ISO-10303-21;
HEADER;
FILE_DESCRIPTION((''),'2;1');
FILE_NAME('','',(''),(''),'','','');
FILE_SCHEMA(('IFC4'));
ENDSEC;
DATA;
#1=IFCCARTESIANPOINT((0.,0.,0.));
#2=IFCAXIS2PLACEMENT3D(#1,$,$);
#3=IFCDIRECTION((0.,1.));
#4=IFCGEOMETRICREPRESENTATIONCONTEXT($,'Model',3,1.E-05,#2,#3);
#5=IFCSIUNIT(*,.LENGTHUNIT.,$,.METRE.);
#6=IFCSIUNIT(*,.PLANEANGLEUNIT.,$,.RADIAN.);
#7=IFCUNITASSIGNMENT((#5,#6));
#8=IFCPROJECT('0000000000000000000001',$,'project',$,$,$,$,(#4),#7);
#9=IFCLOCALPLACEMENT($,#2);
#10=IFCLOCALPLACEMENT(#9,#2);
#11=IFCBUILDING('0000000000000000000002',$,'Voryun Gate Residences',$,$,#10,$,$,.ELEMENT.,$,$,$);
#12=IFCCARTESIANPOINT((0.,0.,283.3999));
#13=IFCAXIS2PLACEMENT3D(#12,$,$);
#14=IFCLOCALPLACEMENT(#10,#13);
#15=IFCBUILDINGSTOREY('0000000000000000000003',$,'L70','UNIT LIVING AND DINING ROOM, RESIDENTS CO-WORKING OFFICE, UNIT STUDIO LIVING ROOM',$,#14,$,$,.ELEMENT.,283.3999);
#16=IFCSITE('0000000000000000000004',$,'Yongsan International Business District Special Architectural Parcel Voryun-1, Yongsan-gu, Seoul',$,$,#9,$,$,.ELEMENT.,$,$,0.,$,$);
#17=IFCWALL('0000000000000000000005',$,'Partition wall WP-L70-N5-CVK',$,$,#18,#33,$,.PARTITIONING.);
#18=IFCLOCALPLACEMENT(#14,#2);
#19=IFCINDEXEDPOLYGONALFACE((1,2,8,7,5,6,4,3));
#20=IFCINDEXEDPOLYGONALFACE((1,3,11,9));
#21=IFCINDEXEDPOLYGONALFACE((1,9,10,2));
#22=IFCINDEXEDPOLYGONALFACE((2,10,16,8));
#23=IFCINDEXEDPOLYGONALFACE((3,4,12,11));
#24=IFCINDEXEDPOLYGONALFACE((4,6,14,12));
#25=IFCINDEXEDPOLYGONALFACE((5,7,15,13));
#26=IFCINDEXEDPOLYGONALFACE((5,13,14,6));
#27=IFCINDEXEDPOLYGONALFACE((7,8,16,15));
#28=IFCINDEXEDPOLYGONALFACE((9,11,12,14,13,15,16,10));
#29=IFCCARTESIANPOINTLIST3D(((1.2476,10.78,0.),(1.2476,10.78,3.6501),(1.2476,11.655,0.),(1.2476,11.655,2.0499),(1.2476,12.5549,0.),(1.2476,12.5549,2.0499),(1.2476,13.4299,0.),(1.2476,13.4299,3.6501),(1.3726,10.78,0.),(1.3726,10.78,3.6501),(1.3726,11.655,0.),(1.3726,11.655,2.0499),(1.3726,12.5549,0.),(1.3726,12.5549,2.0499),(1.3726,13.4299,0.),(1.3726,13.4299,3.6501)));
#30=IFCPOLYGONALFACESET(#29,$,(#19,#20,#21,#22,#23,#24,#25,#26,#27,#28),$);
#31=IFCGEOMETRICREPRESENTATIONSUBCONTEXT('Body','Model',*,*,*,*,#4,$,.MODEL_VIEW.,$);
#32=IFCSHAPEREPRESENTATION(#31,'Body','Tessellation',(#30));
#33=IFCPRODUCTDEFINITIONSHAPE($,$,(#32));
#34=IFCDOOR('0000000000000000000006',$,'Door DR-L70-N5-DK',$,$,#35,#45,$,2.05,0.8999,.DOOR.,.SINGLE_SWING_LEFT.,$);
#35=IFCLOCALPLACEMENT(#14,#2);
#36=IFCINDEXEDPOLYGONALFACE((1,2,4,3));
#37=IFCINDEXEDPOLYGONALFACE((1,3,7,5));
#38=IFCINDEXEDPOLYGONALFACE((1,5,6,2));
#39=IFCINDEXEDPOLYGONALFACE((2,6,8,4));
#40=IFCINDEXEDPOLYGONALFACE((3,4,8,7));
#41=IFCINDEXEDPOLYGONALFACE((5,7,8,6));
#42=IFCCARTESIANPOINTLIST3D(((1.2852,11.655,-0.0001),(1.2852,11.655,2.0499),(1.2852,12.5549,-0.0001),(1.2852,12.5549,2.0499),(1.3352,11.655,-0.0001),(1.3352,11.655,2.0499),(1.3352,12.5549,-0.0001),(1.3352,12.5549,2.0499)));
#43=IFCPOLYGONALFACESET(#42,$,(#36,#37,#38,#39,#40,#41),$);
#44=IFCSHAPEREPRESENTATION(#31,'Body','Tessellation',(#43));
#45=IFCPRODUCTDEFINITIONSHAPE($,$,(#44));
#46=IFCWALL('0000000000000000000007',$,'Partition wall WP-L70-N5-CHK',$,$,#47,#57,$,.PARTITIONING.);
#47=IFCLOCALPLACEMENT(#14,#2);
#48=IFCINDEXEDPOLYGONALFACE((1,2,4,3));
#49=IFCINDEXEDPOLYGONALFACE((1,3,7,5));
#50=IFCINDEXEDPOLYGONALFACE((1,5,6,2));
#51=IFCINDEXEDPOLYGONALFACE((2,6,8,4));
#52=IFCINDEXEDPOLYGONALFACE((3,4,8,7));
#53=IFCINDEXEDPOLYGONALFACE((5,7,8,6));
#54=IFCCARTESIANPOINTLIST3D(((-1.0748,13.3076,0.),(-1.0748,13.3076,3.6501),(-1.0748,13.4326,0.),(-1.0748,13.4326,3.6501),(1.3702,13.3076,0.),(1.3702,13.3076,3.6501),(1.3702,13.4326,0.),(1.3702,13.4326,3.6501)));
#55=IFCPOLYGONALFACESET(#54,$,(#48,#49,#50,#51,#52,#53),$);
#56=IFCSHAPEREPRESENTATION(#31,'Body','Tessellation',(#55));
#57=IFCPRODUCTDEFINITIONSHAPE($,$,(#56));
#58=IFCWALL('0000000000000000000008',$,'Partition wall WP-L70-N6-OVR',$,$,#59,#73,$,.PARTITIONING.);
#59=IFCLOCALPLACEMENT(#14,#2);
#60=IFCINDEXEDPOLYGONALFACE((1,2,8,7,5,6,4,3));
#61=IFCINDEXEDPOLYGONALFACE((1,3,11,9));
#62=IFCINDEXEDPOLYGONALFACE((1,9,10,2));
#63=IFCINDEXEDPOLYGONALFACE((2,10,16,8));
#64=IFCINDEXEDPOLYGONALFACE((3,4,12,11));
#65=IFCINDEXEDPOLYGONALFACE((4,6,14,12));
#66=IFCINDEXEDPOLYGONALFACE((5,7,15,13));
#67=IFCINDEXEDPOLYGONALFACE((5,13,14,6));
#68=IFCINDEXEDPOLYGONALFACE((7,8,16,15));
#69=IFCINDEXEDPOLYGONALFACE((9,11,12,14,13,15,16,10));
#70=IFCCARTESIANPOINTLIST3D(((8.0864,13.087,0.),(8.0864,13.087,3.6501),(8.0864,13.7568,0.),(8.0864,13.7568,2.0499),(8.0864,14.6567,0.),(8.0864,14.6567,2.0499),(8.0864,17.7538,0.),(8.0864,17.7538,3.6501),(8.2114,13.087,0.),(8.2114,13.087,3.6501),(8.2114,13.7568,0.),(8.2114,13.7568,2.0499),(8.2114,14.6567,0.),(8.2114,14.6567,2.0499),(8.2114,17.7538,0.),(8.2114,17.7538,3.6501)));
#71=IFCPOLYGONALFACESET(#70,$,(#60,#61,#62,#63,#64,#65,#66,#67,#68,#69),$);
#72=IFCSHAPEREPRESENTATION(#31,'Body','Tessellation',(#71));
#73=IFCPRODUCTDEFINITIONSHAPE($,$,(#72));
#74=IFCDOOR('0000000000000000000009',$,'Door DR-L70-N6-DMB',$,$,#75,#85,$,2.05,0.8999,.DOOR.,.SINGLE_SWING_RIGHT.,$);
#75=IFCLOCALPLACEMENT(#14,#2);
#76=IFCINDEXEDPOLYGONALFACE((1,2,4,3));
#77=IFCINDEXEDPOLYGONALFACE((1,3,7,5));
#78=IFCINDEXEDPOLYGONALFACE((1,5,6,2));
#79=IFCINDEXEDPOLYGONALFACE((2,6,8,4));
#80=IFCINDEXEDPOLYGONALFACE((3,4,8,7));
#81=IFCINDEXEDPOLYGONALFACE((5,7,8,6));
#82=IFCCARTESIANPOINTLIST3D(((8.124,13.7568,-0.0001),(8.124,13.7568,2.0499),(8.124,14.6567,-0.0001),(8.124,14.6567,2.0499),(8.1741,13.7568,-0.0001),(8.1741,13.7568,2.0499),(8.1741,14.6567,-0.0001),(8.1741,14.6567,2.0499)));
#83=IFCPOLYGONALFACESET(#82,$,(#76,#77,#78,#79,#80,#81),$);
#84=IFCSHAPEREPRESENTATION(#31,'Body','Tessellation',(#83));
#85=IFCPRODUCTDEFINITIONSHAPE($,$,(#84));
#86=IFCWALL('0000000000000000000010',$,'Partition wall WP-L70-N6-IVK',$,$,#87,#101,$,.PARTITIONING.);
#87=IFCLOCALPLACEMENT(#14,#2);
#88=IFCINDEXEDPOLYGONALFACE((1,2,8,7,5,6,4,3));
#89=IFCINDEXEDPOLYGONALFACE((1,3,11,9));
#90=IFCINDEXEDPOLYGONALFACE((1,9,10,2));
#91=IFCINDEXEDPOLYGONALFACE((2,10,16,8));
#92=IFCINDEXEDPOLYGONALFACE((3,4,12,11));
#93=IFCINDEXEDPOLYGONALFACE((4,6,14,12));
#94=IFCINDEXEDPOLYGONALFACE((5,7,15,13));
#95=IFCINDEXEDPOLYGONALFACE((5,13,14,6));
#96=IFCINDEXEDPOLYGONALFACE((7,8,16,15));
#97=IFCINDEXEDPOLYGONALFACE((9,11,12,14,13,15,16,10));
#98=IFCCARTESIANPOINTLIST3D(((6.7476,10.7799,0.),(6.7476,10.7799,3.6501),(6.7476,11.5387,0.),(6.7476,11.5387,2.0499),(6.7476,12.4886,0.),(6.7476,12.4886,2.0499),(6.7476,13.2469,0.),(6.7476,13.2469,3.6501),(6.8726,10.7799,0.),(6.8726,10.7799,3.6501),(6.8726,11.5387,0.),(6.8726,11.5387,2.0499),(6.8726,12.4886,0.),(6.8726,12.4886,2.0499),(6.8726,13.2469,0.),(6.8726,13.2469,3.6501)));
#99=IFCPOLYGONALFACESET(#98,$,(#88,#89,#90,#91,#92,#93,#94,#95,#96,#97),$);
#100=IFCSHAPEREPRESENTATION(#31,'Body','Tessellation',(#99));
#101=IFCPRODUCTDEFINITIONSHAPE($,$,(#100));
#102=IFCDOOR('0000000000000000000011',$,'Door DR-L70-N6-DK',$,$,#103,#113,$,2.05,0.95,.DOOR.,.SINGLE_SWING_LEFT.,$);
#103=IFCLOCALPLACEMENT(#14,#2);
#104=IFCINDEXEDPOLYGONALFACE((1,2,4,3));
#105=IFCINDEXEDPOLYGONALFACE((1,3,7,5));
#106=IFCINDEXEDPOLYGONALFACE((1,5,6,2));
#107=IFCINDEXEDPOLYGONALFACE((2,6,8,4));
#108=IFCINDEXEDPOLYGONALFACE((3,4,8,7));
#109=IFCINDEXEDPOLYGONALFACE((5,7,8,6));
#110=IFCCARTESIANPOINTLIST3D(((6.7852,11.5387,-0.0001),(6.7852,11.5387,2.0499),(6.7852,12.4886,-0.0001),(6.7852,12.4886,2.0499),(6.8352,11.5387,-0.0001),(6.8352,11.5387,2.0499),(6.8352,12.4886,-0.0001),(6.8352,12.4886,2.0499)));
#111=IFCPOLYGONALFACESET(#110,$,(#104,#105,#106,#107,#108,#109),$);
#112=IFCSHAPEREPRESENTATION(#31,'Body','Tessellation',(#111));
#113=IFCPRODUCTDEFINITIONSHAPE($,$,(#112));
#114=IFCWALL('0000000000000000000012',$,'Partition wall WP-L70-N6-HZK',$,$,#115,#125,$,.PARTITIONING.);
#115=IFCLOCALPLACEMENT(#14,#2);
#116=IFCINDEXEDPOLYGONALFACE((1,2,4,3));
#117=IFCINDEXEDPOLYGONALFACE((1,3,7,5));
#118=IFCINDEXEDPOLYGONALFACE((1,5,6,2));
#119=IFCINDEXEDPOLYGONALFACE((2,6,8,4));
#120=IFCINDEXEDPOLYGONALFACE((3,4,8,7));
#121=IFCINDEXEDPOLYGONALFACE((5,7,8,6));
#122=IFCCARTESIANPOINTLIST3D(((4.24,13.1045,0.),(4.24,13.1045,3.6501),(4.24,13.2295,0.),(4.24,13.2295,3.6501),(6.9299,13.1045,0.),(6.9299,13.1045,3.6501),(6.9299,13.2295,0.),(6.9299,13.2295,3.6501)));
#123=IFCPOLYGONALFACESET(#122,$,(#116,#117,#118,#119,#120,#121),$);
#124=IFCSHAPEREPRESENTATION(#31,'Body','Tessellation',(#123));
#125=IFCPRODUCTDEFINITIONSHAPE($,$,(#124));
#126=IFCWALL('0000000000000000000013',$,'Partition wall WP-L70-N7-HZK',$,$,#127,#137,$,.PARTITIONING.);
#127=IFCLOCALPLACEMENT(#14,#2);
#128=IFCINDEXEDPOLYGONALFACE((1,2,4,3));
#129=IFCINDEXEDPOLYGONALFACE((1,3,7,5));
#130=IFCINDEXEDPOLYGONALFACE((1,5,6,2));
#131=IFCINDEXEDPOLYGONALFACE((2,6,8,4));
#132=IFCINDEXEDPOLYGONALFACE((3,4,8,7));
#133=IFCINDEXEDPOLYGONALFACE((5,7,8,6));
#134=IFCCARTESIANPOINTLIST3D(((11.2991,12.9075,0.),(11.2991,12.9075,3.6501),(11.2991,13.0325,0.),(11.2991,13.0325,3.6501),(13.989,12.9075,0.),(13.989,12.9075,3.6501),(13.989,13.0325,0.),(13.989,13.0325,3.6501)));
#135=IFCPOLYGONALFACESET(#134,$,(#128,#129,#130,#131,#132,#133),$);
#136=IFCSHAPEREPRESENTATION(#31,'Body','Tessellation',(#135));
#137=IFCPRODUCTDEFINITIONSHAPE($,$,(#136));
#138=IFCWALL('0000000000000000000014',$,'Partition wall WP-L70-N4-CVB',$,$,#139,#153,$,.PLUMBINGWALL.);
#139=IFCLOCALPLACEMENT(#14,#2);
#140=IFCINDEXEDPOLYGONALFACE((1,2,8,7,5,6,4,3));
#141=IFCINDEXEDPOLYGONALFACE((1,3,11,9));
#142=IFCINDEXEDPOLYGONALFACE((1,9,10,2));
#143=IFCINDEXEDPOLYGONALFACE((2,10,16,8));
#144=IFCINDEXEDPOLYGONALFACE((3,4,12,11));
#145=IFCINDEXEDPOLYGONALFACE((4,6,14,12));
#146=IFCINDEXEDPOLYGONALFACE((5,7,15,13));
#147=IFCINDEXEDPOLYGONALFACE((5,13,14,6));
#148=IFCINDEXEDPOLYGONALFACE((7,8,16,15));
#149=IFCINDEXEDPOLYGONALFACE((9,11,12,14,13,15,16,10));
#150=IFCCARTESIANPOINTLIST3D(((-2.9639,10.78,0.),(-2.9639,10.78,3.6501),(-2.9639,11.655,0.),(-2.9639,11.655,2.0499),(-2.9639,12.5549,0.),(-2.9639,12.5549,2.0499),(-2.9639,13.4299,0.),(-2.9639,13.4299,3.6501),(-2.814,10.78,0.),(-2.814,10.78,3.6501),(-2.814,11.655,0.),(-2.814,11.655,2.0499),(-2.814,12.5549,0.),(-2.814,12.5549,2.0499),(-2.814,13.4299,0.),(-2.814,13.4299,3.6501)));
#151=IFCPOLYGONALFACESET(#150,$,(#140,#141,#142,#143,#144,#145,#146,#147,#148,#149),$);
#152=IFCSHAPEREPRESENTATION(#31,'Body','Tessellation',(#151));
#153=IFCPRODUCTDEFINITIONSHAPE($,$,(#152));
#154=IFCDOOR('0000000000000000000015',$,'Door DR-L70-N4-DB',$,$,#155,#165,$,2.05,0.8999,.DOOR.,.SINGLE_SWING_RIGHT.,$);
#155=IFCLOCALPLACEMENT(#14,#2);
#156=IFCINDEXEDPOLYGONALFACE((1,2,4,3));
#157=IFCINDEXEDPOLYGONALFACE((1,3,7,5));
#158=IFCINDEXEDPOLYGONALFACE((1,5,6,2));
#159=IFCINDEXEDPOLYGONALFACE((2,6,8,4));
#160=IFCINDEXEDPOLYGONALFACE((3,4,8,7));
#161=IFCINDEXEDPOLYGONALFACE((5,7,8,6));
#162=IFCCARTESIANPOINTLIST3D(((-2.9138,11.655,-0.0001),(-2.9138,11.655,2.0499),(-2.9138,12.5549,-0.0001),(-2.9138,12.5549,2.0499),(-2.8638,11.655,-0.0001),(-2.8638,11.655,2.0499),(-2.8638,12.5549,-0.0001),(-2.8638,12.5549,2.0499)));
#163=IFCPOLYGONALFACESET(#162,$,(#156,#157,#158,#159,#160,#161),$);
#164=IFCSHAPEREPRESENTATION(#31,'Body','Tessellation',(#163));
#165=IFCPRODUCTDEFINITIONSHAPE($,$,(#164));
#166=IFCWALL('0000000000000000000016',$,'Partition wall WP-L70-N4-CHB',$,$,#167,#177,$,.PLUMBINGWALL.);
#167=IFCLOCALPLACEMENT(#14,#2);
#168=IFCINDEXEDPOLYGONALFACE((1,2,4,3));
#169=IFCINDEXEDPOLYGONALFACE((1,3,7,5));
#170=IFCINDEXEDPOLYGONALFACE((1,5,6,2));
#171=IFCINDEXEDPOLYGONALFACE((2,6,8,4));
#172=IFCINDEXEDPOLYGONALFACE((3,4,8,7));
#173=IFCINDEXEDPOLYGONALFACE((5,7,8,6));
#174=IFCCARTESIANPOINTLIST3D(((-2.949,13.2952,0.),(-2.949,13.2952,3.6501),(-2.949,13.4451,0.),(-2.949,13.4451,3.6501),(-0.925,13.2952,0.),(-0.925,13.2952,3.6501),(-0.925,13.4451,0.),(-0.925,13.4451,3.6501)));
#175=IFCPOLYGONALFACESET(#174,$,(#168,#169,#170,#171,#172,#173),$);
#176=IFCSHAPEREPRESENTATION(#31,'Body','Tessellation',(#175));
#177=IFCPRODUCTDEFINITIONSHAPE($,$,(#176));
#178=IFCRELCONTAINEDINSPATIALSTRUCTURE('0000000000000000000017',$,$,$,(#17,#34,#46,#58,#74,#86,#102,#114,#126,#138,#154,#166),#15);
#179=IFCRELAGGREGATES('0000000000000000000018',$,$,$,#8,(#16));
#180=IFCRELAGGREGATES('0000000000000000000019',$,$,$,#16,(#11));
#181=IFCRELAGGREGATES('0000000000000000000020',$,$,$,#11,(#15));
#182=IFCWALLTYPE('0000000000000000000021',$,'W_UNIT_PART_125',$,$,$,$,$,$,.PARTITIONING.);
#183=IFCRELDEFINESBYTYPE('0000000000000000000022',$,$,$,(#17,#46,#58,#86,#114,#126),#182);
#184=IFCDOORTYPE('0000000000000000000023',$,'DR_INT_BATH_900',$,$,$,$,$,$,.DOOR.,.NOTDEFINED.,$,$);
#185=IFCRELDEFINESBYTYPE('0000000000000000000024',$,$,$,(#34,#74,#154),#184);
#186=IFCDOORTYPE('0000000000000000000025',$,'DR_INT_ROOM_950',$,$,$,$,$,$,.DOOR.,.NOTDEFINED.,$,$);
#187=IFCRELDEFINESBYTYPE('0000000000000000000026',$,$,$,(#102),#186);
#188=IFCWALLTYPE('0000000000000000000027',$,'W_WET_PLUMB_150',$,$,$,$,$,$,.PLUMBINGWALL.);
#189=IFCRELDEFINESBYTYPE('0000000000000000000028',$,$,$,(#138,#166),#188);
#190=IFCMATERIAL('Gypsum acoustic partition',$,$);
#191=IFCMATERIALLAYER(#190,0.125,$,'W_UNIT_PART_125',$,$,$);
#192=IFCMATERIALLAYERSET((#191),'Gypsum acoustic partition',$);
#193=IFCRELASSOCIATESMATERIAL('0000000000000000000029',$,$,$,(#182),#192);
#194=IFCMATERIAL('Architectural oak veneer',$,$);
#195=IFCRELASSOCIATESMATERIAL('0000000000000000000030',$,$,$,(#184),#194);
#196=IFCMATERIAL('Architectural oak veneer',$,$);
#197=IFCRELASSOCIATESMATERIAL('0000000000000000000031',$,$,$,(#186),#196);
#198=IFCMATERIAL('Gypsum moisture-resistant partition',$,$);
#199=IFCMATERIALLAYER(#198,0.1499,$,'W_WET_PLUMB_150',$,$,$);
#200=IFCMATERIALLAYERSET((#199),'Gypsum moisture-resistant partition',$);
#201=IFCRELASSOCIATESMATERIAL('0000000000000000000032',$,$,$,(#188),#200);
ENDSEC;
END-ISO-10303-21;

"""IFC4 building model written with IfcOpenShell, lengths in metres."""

from ifc_helpers import new_model, si_unit, direction, frame, frame_2d, origin, place, context, subcontext, project, spatial, rectangle, extrude, material, layer, layer_set, type_object, element, fill, save


model = new_model("IFC4")

# Units and contexts
model_context = context("Model", 3, precision=1e-05, world=origin(), true_north=direction((0.0, 1.0)))
body_context = subcontext(model_context, "Body", "Model", "MODEL_VIEW")
ifc_project = project(units=[si_unit("LENGTHUNIT", "METRE"), si_unit("PLANEANGLEUNIT", "RADIAN")], contexts=[model_context])

# Site, building, storey
site_placement = place(None, origin())
site = spatial("IfcSite", under=ifc_project, at=site_placement, Name="Yongsan International Business District Special Architectural Parcel Voryun-1, Yongsan-gu, Seoul", CompositionType="ELEMENT", RefElevation=0.0)
building_placement = place(site_placement, origin())
building = spatial("IfcBuilding", under=site, at=building_placement, Name="Voryun Gate Residences", CompositionType="ELEMENT")
storey_placement = place(building_placement, frame((0.0, 0.0, 283.3999)))
storey = spatial("IfcBuildingStorey", under=building, at=storey_placement, Name="L70", Description="UNIT LIVING AND DINING ROOM, RESIDENTS CO-WORKING OFFICE, UNIT STUDIO LIVING ROOM", CompositionType="ELEMENT", Elevation=283.3999)

# Wall, opening, door
ifc_material_1 = material(Name="Gypsum acoustic partition")
ifc_layer_1 = layer(ifc_material_1, 0.125, Name="W_UNIT_PART_125")
ifc_layer_set_1 = layer_set([ifc_layer_1], Name="Gypsum acoustic partition")
wall_type_1 = type_object("IfcWallType", Name="W_UNIT_PART_125", PredefinedType="PARTITIONING", material=ifc_layer_set_1)
wall_1_placement = place(storey_placement, frame((1.3101, 10.78, 0.0), z_axis=(0.0, 0.0, 1.0), x_axis=(0.0, 1.0, 0.0)))
wall_1 = element("IfcWall", 1, at=wall_1_placement, inside=storey, type_object=wall_type_1, Name="Partition wall WP-L70-N5-CVK", PredefinedType="PARTITIONING", context=body_context, shape_type="SweptSolid", body=[
    extrude(rectangle(XDim=2.6499, YDim=0.125, at=frame_2d((1.325, 0.0))), origin(), (0.0, 0.0, 1.0), 3.6501),
])
opening_1_placement = place(wall_1_placement, frame((0.875, 0.0, 0.0)))
opening_1 = element("IfcOpeningElement", 2, at=opening_1_placement, cuts=wall_1, PredefinedType="OPENING", context=body_context, shape_type="SweptSolid", body=[
    extrude(rectangle(XDim=0.8999, YDim=2.05, at=frame_2d((0.45, 1.0249))), frame((0.0, 0.0725, 0.0), z_axis=(0.0, -1.0, 0.0), x_axis=(1.0, 0.0, 0.0)), (0.0, 0.0, 1.0), 0.145),
])
ifc_material_2 = material(Name="Architectural oak veneer")
door_type_1 = type_object("IfcDoorType", Name="DR_INT_BATH_900", OperationType="NOTDEFINED", PredefinedType="DOOR", material=ifc_material_2)
door_1_placement = place(opening_1_placement, origin())
door_1 = element("IfcDoor", 3, at=door_1_placement, inside=storey, type_object=door_type_1, Name="Door DR-L70-N5-DK", OperationType="SINGLE_SWING_LEFT", OverallHeight=2.05, OverallWidth=0.8999, PredefinedType="DOOR", context=body_context, shape_type="SweptSolid", body=[
    extrude(rectangle(XDim=0.8999, YDim=2.05, at=frame_2d((0.45, 1.0249))), frame((0.0, 0.0249, 0.0), z_axis=(0.0, -1.0, 0.0), x_axis=(1.0, 0.0, 0.0)), (0.0, 0.0, 1.0), 0.05),
])
fill(opening_1, door_1)

# Wall
wall_2_placement = place(storey_placement, frame((-1.075, 13.3701, 0.0), z_axis=(0.0, 0.0, 1.0), x_axis=(1.0, 0.0, 0.0)))
element("IfcWall", 4, at=wall_2_placement, inside=storey, type_object=wall_type_1, Name="Partition wall WP-L70-N5-CHK", PredefinedType="PARTITIONING", context=body_context, shape_type="SweptSolid", body=[
    extrude(rectangle(XDim=2.4451, YDim=0.125, at=frame_2d((1.2227, 0.0))), origin(), (0.0, 0.0, 1.0), 3.6501),
])

# Walls, openings, doors
wall_3_placement = place(storey_placement, frame((8.1489, 13.0869, 0.0), z_axis=(0.0, 0.0, 1.0), x_axis=(0.0, 1.0, 0.0)))
wall_3 = element("IfcWall", 5, at=wall_3_placement, inside=storey, type_object=wall_type_1, Name="Partition wall WP-L70-N6-OVR", PredefinedType="PARTITIONING", context=body_context, shape_type="SweptSolid", body=[
    extrude(rectangle(XDim=4.6667, YDim=0.125, at=frame_2d((2.3335, 0.0))), origin(), (0.0, 0.0, 1.0), 3.6501),
])
opening_2_placement = place(wall_3_placement, frame((0.6699, 0.0, 0.0)))
opening_2 = element("IfcOpeningElement", 6, at=opening_2_placement, cuts=wall_3, PredefinedType="OPENING", context=body_context, shape_type="SweptSolid", body=[
    extrude(rectangle(XDim=0.8999, YDim=2.05, at=frame_2d((0.45, 1.0249))), frame((0.0, 0.0725, 0.0), z_axis=(0.0, -1.0, 0.0), x_axis=(1.0, 0.0, 0.0)), (0.0, 0.0, 1.0), 0.145),
])
door_2_placement = place(opening_2_placement, origin())
door_2 = element("IfcDoor", 7, at=door_2_placement, inside=storey, type_object=door_type_1, Name="Door DR-L70-N6-DMB", OperationType="SINGLE_SWING_RIGHT", OverallHeight=2.05, OverallWidth=0.8999, PredefinedType="DOOR", context=body_context, shape_type="SweptSolid", body=[
    extrude(rectangle(XDim=0.8999, YDim=2.05, at=frame_2d((0.45, 1.0249))), frame((0.0, 0.0249, 0.0), z_axis=(0.0, -1.0, 0.0), x_axis=(1.0, 0.0, 0.0)), (0.0, 0.0, 1.0), 0.05),
])
fill(opening_2, door_2)
wall_4_placement = place(storey_placement, frame((6.8101, 10.78, 0.0), z_axis=(0.0, 0.0, 1.0), x_axis=(0.0, 1.0, 0.0)))
wall_4 = element("IfcWall", 8, at=wall_4_placement, inside=storey, type_object=wall_type_1, Name="Partition wall WP-L70-N6-IVK", PredefinedType="PARTITIONING", context=body_context, shape_type="SweptSolid", body=[
    extrude(rectangle(XDim=2.467, YDim=0.125, at=frame_2d((1.2334, 0.0))), origin(), (0.0, 0.0, 1.0), 3.6501),
])
opening_3_placement = place(wall_4_placement, frame((0.7585, 0.0, 0.0)))
opening_3 = element("IfcOpeningElement", 9, at=opening_3_placement, cuts=wall_4, PredefinedType="OPENING", context=body_context, shape_type="SweptSolid", body=[
    extrude(rectangle(XDim=0.95, YDim=2.05, at=frame_2d((0.4751, 1.0249))), frame((0.0, 0.0725, 0.0), z_axis=(0.0, -1.0, 0.0), x_axis=(1.0, 0.0, 0.0)), (0.0, 0.0, 1.0), 0.145),
])
ifc_material_3 = material(Name="Architectural oak veneer")
door_type_2 = type_object("IfcDoorType", Name="DR_INT_ROOM_950", OperationType="NOTDEFINED", PredefinedType="DOOR", material=ifc_material_3)
door_3_placement = place(opening_3_placement, origin())
door_3 = element("IfcDoor", 10, at=door_3_placement, inside=storey, type_object=door_type_2, Name="Door DR-L70-N6-DK", OperationType="SINGLE_SWING_LEFT", OverallHeight=2.05, OverallWidth=0.95, PredefinedType="DOOR", context=body_context, shape_type="SweptSolid", body=[
    extrude(rectangle(XDim=0.95, YDim=2.05, at=frame_2d((0.4751, 1.0249))), frame((0.0, 0.0249, 0.0), z_axis=(0.0, -1.0, 0.0), x_axis=(1.0, 0.0, 0.0)), (0.0, 0.0, 1.0), 0.05),
])
fill(opening_3, door_3)

# Walls
for number, where, z_axis, x_axis, name in (
    (11, (4.24, 13.167, 0.0), (0.0, 0.0, 1.0), (1.0, 0.0, 0.0), "Partition wall WP-L70-N6-HZK"),
    (12, (11.2991, 12.97, 0.0), (0.0, 0.0, 1.0), (1.0, 0.0, 0.0), "Partition wall WP-L70-N7-HZK"),
):
    element("IfcWall", number, at=place(storey_placement, frame(where, z_axis=z_axis, x_axis=x_axis)), inside=storey, type_object=wall_type_1, Name=name, PredefinedType="PARTITIONING", context=body_context, shape_type="SweptSolid", body=[
        extrude(rectangle(XDim=2.6899, YDim=0.125, at=frame_2d((1.345, 0.0))), origin(), (0.0, 0.0, 1.0), 3.6501),
    ])

# Wall, opening, door
ifc_material_4 = material(Name="Gypsum moisture-resistant partition")
ifc_layer_2 = layer(ifc_material_4, 0.1499, Name="W_WET_PLUMB_150")
ifc_layer_set_2 = layer_set([ifc_layer_2], Name="Gypsum moisture-resistant partition")
wall_type_2 = type_object("IfcWallType", Name="W_WET_PLUMB_150", PredefinedType="PLUMBINGWALL", material=ifc_layer_set_2)
wall_5_placement = place(storey_placement, frame((-2.8889, 10.78, 0.0), z_axis=(0.0, 0.0, 1.0), x_axis=(0.0, 1.0, 0.0)))
wall_5 = element("IfcWall", 13, at=wall_5_placement, inside=storey, type_object=wall_type_2, Name="Partition wall WP-L70-N4-CVB", PredefinedType="PLUMBINGWALL", context=body_context, shape_type="SweptSolid", body=[
    extrude(rectangle(XDim=2.6499, YDim=0.1499, at=frame_2d((1.325, 0.0))), origin(), (0.0, 0.0, 1.0), 3.6501),
])
opening_4_placement = place(wall_5_placement, frame((0.875, 0.0, 0.0)))
opening_4 = element("IfcOpeningElement", 14, at=opening_4_placement, cuts=wall_5, PredefinedType="OPENING", context=body_context, shape_type="SweptSolid", body=[
    extrude(rectangle(XDim=0.8999, YDim=2.05, at=frame_2d((0.45, 1.0249))), frame((0.0, 0.085, 0.0), z_axis=(0.0, -1.0, 0.0), x_axis=(1.0, 0.0, 0.0)), (0.0, 0.0, 1.0), 0.1699),
])
door_4_placement = place(opening_4_placement, origin())
door_4 = element("IfcDoor", 15, at=door_4_placement, inside=storey, type_object=door_type_1, Name="Door DR-L70-N4-DB", OperationType="SINGLE_SWING_RIGHT", OverallHeight=2.05, OverallWidth=0.8999, PredefinedType="DOOR", context=body_context, shape_type="SweptSolid", body=[
    extrude(rectangle(XDim=0.8999, YDim=2.05, at=frame_2d((0.45, 1.0249))), frame((0.0, 0.0249, 0.0), z_axis=(0.0, -1.0, 0.0), x_axis=(1.0, 0.0, 0.0)), (0.0, 0.0, 1.0), 0.05),
])
fill(opening_4, door_4)

# Wall
wall_6_placement = place(storey_placement, frame((-2.949, 13.3701, 0.0), z_axis=(0.0, 0.0, 1.0), x_axis=(1.0, 0.0, 0.0)))
element("IfcWall", 16, at=wall_6_placement, inside=storey, type_object=wall_type_2, Name="Partition wall WP-L70-N4-CHB", PredefinedType="PLUMBINGWALL", context=body_context, shape_type="SweptSolid", body=[
    extrude(rectangle(XDim=2.0239, YDim=0.1499, at=frame_2d((1.012, 0.0))), origin(), (0.0, 0.0, 1.0), 3.6501),
])

save(model, "model.ifc")
